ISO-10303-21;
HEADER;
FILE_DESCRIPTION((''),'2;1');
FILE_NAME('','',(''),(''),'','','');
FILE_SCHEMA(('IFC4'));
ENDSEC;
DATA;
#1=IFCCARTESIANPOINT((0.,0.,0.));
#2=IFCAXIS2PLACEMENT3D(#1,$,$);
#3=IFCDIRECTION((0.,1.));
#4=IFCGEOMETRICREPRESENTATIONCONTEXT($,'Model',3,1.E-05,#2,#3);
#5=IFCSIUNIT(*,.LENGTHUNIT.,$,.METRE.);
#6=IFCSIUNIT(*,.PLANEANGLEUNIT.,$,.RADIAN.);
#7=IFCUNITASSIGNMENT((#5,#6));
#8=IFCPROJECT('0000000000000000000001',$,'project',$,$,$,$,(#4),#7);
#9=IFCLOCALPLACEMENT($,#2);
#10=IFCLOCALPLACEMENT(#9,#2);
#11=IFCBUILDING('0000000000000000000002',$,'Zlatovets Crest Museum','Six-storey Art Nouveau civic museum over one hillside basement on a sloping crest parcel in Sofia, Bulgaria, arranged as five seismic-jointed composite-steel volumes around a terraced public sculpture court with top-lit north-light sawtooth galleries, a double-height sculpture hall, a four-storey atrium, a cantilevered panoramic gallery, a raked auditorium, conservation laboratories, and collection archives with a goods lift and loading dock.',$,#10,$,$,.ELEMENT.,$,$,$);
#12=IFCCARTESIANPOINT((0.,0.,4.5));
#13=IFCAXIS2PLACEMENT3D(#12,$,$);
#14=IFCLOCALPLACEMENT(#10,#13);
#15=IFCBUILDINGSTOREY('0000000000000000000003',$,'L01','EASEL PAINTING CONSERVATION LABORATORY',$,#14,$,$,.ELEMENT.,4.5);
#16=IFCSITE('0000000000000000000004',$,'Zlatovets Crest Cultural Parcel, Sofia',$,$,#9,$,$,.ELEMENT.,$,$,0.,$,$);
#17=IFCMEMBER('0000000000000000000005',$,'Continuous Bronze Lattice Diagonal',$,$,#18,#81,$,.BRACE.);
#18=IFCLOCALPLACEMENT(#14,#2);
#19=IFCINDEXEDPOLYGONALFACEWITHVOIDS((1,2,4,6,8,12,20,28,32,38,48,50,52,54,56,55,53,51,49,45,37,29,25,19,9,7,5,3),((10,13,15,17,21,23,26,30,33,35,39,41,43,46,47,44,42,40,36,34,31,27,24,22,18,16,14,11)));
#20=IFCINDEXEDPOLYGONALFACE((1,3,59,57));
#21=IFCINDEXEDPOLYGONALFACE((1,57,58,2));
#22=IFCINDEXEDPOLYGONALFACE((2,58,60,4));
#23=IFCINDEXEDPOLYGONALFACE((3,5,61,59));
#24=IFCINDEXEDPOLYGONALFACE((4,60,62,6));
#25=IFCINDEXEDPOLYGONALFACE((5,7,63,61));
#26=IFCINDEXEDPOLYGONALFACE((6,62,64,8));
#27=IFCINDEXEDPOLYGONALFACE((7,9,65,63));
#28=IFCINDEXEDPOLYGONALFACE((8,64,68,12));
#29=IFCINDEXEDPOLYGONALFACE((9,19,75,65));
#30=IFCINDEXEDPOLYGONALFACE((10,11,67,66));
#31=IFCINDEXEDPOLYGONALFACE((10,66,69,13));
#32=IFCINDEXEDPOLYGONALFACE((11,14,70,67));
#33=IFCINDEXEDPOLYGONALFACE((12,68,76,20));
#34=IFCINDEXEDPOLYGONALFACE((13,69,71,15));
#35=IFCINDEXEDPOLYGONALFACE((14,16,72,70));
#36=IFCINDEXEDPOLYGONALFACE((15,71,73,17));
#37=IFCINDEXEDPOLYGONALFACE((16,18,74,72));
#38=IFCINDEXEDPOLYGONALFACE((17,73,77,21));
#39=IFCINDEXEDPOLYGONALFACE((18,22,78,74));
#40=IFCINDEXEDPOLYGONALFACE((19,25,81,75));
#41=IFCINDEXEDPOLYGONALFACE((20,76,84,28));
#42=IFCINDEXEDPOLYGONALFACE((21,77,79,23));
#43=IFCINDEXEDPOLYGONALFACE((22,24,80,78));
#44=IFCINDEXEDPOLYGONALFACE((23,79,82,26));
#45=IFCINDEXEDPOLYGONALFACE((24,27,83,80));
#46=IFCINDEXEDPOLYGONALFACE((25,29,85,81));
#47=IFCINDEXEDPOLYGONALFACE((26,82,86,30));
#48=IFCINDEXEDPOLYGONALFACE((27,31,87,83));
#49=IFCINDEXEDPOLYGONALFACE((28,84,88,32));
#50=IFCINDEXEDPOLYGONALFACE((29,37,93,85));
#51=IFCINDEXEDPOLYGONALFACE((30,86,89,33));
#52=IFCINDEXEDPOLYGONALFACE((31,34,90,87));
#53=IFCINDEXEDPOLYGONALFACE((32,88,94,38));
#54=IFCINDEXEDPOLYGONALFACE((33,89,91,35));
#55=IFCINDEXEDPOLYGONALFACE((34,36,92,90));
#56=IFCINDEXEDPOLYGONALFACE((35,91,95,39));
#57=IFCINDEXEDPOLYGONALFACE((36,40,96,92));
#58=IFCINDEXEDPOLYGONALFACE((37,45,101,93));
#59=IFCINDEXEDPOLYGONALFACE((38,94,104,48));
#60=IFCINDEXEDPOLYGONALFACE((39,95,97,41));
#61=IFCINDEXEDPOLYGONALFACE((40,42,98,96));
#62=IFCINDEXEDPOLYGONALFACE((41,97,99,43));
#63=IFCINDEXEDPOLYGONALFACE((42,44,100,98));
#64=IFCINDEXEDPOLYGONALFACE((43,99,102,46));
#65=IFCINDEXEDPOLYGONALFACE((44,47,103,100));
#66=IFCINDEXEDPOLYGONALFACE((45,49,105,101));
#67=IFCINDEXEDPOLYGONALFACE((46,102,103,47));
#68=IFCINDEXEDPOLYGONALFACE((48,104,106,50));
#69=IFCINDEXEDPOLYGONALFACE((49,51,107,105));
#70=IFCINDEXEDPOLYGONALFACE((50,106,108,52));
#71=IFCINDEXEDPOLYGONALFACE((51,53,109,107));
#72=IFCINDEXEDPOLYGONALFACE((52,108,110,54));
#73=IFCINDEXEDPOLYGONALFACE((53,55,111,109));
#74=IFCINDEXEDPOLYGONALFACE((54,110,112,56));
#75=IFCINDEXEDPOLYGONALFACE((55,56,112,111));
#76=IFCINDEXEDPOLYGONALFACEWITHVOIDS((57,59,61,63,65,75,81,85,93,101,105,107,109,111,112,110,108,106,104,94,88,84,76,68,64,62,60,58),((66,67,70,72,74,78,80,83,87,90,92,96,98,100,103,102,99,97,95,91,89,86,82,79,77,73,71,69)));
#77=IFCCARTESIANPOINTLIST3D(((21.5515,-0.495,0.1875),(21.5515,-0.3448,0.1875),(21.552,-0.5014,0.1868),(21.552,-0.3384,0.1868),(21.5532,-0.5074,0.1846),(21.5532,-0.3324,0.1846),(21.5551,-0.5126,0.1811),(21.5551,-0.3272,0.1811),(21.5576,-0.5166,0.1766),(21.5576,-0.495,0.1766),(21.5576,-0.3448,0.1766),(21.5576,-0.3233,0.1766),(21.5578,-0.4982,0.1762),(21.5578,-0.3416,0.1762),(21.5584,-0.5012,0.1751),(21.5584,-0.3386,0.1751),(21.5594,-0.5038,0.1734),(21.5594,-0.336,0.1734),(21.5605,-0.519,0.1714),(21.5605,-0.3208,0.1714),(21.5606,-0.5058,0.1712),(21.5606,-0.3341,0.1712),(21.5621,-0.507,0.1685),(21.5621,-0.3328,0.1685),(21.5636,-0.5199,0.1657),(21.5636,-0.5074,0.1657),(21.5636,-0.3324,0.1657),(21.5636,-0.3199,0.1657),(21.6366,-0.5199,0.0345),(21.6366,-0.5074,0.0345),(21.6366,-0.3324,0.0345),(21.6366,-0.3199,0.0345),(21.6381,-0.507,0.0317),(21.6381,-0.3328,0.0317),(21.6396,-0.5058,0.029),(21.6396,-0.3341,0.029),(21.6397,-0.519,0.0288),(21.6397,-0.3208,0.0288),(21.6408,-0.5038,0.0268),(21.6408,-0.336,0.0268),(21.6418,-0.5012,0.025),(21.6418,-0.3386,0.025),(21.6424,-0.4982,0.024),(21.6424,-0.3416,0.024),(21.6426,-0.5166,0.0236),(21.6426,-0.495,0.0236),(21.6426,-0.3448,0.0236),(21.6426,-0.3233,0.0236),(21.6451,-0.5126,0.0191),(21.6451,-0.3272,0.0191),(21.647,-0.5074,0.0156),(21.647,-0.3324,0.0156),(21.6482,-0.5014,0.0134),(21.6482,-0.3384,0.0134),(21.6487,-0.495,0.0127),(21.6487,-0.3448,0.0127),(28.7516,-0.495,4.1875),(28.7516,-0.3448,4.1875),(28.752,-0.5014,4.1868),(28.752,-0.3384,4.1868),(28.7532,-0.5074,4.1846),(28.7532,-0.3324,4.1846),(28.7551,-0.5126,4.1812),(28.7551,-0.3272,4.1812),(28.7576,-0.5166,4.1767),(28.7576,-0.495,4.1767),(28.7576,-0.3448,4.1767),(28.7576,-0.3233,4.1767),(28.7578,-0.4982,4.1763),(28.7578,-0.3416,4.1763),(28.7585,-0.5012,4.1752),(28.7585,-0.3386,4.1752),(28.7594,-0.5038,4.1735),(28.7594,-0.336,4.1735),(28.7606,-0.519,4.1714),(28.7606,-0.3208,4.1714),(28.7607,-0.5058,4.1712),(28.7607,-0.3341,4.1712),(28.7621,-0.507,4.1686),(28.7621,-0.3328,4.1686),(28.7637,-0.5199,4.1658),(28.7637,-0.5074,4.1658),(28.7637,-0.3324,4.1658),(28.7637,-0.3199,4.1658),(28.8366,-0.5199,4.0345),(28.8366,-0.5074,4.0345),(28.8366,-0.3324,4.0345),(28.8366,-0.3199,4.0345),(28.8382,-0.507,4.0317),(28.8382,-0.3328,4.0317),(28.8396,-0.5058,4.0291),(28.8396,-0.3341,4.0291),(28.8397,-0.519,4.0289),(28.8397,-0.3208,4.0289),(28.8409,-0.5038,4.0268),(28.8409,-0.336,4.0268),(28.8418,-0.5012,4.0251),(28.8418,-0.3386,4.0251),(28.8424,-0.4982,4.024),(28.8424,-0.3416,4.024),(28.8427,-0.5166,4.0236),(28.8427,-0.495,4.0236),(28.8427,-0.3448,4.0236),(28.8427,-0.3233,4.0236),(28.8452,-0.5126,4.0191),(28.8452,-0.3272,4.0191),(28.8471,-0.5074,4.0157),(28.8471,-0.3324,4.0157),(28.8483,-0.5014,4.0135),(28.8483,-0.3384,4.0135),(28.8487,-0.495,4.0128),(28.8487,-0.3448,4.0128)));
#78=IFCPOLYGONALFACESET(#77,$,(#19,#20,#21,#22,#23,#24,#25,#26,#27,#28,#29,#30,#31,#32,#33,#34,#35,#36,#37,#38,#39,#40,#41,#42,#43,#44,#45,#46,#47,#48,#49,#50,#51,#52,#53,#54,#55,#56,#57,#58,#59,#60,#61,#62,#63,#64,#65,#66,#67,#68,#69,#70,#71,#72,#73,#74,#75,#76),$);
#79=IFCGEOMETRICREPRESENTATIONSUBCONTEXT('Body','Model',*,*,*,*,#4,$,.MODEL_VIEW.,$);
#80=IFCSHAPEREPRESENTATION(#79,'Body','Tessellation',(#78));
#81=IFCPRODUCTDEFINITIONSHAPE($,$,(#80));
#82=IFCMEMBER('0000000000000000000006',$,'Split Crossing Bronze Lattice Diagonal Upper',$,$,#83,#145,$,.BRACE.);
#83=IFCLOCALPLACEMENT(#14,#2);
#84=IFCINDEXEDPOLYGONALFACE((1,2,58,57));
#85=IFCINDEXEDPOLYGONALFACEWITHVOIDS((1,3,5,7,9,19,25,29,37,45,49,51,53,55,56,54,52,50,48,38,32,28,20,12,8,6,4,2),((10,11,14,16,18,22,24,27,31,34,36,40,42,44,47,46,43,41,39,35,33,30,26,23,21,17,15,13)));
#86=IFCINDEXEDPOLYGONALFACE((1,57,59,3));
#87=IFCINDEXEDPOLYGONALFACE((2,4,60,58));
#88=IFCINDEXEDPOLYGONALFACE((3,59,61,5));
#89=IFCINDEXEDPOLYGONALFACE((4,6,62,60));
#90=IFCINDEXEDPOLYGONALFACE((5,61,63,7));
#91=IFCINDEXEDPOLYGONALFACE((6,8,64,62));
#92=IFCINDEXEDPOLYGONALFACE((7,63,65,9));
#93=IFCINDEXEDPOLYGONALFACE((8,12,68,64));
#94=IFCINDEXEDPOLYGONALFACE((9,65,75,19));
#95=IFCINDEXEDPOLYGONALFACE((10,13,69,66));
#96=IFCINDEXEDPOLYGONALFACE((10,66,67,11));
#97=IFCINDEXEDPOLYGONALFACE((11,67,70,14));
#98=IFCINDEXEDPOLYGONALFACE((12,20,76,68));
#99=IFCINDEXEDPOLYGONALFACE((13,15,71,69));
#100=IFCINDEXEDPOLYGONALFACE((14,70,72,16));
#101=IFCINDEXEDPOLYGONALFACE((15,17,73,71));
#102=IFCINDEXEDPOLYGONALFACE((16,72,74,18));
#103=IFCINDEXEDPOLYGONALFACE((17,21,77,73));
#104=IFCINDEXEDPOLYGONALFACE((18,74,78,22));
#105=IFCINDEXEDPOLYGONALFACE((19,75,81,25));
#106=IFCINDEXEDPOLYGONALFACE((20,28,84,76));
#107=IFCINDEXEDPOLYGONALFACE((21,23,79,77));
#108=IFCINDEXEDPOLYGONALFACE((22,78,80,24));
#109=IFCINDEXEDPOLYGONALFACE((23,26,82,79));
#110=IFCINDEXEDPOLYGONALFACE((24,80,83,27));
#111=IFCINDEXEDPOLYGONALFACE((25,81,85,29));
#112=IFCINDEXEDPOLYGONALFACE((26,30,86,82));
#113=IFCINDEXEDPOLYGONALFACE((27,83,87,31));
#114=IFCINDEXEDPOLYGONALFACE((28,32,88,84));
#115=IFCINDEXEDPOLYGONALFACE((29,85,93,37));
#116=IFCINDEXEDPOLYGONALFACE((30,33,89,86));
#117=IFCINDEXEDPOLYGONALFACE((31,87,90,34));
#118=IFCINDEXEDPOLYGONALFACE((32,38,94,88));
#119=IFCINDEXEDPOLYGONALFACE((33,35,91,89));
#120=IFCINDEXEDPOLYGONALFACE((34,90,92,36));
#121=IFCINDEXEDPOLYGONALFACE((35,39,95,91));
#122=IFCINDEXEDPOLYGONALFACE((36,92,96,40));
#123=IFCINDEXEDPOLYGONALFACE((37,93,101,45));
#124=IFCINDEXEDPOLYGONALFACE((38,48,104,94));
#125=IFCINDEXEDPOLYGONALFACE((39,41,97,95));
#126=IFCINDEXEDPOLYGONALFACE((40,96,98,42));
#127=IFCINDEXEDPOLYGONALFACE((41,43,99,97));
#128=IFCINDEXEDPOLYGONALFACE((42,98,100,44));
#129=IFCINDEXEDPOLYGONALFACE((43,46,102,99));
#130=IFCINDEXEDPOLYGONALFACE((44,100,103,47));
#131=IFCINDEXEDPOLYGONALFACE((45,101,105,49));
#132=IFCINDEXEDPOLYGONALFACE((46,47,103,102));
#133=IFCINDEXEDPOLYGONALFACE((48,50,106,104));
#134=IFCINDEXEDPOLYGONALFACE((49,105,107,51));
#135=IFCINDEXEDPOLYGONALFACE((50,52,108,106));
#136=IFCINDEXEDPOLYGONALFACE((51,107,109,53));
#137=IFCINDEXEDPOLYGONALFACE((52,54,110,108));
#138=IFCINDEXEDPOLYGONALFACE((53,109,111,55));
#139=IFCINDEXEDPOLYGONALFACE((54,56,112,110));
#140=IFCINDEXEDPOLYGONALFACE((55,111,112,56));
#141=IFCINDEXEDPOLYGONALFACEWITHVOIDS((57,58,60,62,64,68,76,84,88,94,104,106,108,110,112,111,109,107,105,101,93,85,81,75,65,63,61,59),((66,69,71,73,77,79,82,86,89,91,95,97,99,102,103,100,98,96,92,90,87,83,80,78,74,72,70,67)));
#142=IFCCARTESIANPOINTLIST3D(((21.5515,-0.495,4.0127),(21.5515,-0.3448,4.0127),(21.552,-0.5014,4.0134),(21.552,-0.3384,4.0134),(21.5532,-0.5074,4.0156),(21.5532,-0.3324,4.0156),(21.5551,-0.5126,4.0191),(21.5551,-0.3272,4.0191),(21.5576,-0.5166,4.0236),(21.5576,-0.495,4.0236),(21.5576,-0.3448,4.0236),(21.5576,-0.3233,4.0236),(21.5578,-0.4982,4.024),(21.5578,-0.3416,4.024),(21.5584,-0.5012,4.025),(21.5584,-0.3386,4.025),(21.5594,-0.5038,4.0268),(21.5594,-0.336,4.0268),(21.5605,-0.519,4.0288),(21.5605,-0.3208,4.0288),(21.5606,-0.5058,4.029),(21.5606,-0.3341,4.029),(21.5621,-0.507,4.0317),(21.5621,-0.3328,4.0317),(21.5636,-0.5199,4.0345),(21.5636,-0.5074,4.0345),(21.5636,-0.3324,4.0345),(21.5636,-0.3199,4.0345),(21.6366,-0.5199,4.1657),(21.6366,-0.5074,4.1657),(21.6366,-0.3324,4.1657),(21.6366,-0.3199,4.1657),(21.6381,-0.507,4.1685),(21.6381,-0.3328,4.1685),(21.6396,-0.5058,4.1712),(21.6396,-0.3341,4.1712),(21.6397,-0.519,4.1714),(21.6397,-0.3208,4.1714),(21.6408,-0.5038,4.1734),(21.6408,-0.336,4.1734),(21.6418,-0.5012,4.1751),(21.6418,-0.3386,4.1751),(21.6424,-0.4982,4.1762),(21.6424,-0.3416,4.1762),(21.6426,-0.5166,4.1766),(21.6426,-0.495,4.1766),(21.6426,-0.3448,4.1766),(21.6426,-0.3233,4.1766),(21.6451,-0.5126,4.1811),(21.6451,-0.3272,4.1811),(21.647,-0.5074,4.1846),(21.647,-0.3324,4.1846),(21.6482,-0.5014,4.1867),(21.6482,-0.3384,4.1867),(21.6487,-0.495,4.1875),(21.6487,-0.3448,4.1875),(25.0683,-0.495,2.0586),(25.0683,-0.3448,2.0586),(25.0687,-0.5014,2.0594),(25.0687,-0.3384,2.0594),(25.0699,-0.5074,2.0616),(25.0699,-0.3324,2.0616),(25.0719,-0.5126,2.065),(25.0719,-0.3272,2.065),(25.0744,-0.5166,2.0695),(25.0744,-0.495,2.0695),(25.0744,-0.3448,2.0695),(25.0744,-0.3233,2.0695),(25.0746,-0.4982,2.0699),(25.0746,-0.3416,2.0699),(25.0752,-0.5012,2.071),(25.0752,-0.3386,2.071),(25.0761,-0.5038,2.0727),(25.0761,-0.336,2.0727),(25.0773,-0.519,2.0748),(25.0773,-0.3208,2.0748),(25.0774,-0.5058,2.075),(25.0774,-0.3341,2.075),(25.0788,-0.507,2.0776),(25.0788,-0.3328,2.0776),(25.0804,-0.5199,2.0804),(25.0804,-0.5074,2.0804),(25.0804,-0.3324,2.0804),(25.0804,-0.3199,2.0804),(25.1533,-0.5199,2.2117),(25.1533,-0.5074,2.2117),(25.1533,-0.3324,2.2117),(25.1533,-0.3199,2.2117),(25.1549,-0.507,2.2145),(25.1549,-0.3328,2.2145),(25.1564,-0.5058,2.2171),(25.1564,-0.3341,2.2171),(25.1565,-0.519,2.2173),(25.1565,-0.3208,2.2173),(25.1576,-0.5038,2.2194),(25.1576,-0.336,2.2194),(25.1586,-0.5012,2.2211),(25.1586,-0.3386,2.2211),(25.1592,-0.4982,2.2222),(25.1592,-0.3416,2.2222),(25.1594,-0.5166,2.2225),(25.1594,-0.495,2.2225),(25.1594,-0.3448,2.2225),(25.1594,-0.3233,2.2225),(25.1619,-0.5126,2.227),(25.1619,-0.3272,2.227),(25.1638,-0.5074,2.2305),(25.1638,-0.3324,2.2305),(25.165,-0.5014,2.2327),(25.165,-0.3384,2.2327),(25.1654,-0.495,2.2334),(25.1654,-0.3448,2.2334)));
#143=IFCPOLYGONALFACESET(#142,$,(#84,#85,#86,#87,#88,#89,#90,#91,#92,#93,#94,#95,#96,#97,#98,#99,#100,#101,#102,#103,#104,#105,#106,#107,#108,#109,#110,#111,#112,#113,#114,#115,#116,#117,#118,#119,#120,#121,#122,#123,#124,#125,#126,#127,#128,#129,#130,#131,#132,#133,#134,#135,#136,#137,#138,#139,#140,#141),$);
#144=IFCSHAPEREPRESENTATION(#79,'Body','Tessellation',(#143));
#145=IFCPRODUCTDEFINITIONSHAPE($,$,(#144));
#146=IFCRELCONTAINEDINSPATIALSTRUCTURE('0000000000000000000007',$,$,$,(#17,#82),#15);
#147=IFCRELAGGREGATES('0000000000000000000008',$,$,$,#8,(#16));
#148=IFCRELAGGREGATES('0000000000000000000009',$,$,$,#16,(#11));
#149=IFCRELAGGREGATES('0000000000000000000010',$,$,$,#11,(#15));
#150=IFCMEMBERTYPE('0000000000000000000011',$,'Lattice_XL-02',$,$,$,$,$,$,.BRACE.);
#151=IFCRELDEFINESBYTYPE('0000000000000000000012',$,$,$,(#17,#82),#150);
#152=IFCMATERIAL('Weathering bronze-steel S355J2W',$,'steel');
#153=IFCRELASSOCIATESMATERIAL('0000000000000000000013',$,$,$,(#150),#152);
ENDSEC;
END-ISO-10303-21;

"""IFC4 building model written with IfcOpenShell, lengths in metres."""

from ifc_helpers import new_model, si_unit, direction, frame, origin, origin_2d, place, context, subcontext, project, spatial, hollow_rectangle, extrude, material, material_profile, profile_set, type_object, element, save


model = new_model("IFC4")

# Units and contexts
model_context = context("Model", 3, precision=1e-05, world=origin(), true_north=direction((0.0, 1.0)))
body_context = subcontext(model_context, "Body", "Model", "MODEL_VIEW")
ifc_project = project(units=[si_unit("LENGTHUNIT", "METRE"), si_unit("PLANEANGLEUNIT", "RADIAN")], contexts=[model_context])

# Site, building, storey
site_placement = place(None, origin())
site = spatial("IfcSite", under=ifc_project, at=site_placement, Name="Zlatovets Crest Cultural Parcel, Sofia", CompositionType="ELEMENT", RefElevation=0.0)
building_placement = place(site_placement, origin())
building = spatial("IfcBuilding", under=site, at=building_placement, Name="Zlatovets Crest Museum", Description="Six-storey Art Nouveau civic museum over one hillside basement on a sloping crest parcel in Sofia, Bulgaria, arranged as five seismic-jointed composite-steel volumes around a terraced public sculpture court with top-lit north-light sawtooth galleries, a double-height sculpture hall, a four-storey atrium, a cantilevered panoramic gallery, a raked auditorium, conservation laboratories, and collection archives with a goods lift and loading dock.", CompositionType="ELEMENT")
storey_placement = place(building_placement, frame((0.0, 0.0, 4.5)))
storey = spatial("IfcBuildingStorey", under=building, at=storey_placement, Name="L01", Description="EASEL PAINTING CONSERVATION LABORATORY", CompositionType="ELEMENT", Elevation=4.5)

# Members
ifc_material_1 = material(Name="Weathering bronze-steel S355J2W", Category="steel")
ifc_material_profile_1 = material_profile(ifc_material_1, hollow_rectangle(XDim=0.2, YDim=0.2, WallThickness=0.0125, InnerFilletRadius=0.0125, OuterFilletRadius=0.0249, at=origin_2d()), Name="SHS 200x200x12.5")
ifc_profile_set_1 = profile_set([ifc_material_profile_1], Name="Weathering bronze-steel S355J2W")
member_type_1 = type_object("IfcMemberType", Name="Lattice_XL-02", PredefinedType="BRACE", material=ifc_profile_set_1)
member_1_placement = place(storey_placement, frame((21.6001, -0.4199, 0.1001), z_axis=(0.874156, 0.0, 0.485645), x_axis=(0.0, 1.0, 0.0)))
element("IfcMember", 1, at=member_1_placement, inside=storey, type_object=member_type_1, Name="Continuous Bronze Lattice Diagonal", PredefinedType="BRACE", context=body_context, shape_type="SweptSolid", body=[
    extrude(hollow_rectangle(XDim=0.2, YDim=0.2, WallThickness=0.0125, InnerFilletRadius=0.0125, OuterFilletRadius=0.0249, at=origin_2d()), origin(), (0.0, 0.0, 1.0), 8.2366),
])
member_2_placement = place(storey_placement, frame((21.6001, -0.4199, 4.1001), z_axis=(0.874126, 0.0, -0.4857), x_axis=(0.0, 1.0, 0.0)))
element("IfcMember", 2, at=member_2_placement, inside=storey, type_object=member_type_1, Name="Split Crossing Bronze Lattice Diagonal Upper", PredefinedType="BRACE", context=body_context, shape_type="SweptSolid", body=[
    extrude(hollow_rectangle(XDim=0.2, YDim=0.2, WallThickness=0.0125, InnerFilletRadius=0.0125, OuterFilletRadius=0.0249, at=origin_2d()), origin(), (0.0, 0.0, 1.0), 4.0232),
])

save(model, "model.ifc")
